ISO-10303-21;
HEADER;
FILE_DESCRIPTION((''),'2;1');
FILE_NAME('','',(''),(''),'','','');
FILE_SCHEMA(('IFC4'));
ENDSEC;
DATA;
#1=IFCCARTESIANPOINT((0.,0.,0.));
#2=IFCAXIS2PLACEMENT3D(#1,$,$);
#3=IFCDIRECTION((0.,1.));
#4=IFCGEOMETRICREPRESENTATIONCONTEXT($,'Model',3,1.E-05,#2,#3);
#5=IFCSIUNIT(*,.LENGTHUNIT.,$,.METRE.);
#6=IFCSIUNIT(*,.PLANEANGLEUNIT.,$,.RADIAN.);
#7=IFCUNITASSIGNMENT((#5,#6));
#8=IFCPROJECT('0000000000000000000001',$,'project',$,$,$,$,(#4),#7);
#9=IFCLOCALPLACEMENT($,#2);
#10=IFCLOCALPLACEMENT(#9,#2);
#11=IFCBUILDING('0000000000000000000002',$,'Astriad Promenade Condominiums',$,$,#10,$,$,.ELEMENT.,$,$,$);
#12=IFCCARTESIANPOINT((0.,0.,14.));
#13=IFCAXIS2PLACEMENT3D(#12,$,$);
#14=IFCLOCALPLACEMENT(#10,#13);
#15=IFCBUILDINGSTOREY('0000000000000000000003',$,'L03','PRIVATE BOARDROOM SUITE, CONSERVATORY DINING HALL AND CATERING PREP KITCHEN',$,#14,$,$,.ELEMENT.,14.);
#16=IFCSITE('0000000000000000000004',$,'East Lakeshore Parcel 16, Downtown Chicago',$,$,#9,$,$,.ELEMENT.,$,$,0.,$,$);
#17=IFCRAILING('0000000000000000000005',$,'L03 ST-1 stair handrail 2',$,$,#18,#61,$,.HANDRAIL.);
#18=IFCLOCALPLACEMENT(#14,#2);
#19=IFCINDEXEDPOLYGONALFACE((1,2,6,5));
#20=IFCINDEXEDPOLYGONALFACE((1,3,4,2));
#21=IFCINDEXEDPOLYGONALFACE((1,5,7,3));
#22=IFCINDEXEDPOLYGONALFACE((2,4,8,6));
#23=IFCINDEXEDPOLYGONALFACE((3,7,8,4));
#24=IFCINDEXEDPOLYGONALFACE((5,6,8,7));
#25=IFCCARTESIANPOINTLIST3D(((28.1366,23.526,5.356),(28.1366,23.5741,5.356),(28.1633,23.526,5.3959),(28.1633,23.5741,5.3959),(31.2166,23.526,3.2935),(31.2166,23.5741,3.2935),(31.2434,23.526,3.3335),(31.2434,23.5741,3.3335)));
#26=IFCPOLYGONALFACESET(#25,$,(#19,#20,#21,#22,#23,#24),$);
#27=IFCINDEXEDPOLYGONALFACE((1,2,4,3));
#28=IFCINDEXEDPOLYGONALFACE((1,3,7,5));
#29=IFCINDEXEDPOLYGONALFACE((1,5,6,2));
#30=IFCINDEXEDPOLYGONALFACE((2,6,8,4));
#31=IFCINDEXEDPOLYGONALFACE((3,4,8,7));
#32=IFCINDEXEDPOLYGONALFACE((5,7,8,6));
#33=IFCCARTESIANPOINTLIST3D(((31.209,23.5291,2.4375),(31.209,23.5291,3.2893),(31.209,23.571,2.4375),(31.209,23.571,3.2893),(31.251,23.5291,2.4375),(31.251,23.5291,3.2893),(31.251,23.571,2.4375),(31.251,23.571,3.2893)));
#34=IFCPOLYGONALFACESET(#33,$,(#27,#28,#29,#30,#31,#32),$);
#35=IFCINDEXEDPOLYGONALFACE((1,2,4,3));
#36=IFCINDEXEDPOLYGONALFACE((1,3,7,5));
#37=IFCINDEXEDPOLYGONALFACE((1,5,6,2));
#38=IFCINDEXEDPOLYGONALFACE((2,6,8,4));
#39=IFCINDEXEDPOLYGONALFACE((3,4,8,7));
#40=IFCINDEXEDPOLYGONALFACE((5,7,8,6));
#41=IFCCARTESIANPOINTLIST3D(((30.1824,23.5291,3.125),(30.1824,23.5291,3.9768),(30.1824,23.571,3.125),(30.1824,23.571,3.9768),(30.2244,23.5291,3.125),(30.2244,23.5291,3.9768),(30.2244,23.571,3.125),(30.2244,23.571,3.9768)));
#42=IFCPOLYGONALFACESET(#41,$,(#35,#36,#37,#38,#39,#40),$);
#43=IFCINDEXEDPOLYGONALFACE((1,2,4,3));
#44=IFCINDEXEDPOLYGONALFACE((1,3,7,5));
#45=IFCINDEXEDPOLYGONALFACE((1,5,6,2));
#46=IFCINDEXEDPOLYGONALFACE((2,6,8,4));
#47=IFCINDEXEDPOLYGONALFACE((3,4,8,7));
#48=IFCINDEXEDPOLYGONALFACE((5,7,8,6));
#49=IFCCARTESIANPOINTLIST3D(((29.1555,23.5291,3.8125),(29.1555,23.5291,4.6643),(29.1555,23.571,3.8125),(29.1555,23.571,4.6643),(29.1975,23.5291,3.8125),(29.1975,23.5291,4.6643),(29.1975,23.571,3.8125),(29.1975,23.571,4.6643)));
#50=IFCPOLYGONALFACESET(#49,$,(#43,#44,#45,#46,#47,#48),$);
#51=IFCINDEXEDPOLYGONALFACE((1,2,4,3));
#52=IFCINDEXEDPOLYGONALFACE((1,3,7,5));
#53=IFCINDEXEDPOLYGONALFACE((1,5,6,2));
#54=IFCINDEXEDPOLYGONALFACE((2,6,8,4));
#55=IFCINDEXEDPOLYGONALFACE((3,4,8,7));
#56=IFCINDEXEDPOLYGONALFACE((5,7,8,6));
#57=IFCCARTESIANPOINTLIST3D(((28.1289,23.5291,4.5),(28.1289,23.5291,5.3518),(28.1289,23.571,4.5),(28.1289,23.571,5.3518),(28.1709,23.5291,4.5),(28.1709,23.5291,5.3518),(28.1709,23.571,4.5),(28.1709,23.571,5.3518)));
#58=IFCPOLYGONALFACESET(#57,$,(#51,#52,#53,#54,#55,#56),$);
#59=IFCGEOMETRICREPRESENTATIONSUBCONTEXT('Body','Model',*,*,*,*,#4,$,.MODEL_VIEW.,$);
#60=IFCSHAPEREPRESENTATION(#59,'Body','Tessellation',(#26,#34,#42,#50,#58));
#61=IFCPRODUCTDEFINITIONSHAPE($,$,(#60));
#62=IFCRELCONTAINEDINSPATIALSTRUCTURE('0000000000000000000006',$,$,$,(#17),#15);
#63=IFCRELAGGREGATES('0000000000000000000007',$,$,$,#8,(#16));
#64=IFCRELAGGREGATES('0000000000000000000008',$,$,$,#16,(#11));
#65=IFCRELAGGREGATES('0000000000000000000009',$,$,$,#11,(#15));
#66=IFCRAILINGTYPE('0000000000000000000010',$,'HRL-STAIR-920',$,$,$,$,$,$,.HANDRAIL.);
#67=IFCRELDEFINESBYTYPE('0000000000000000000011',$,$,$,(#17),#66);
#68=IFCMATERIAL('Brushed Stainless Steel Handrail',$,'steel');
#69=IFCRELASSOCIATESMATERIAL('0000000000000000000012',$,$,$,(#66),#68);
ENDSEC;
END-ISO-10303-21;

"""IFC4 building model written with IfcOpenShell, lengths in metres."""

from ifc_helpers import new_model, si_unit, direction, frame, origin, origin_2d, place, context, subcontext, project, spatial, rectangle, extrude, source, transform, mapped, material, type_object, element, save


model = new_model("IFC4")

# Units and contexts
model_context = context("Model", 3, precision=1e-05, world=origin(), true_north=direction((0.0, 1.0)))
body_context = subcontext(model_context, "Body", "Model", "MODEL_VIEW")
ifc_project = project(units=[si_unit("LENGTHUNIT", "METRE"), si_unit("PLANEANGLEUNIT", "RADIAN")], contexts=[model_context])

# Site, building, storey
site_placement = place(None, origin())
site = spatial("IfcSite", under=ifc_project, at=site_placement, Name="East Lakeshore Parcel 16, Downtown Chicago", CompositionType="ELEMENT", RefElevation=0.0)
building_placement = place(site_placement, origin())
building = spatial("IfcBuilding", under=site, at=building_placement, Name="Astriad Promenade Condominiums", CompositionType="ELEMENT")
storey_placement = place(building_placement, frame((0.0, 0.0, 14.0)))
storey = spatial("IfcBuildingStorey", under=building, at=storey_placement, Name="L03", Description="PRIVATE BOARDROOM SUITE, CONSERVATORY DINING HALL AND CATERING PREP KITCHEN", CompositionType="ELEMENT", Elevation=14.0)

# Railing
ifc_material_1 = material(Name="Brushed Stainless Steel Handrail", Category="steel")
railing_type_1 = type_object("IfcRailingType", Name="HRL-STAIR-920", PredefinedType="HANDRAIL", material=ifc_material_1)
shared_shape_1 = source(origin(), body_context, "Body", "SweptSolid", [
    extrude(rectangle(XDim=0.0481, YDim=0.0481, at=origin_2d()), frame((0.0, 0.0, 0.876), z_axis=(-0.830914, 0.0, 0.556401), x_axis=(0.0, -1.0, 0.0)), (0.0, 0.0, 1.0), 3.7068),
    extrude(rectangle(XDim=0.042, YDim=0.042, at=origin_2d()), origin(), (0.0, 0.0, 1.0), 0.8518),
    extrude(rectangle(XDim=0.042, YDim=0.042, at=origin_2d()), frame((-1.0266, 0.0, 0.6875)), (0.0, 0.0, 1.0), 0.8518),
    extrude(rectangle(XDim=0.042, YDim=0.042, at=origin_2d()), frame((-2.0535, 0.0, 1.375)), (0.0, 0.0, 1.0), 0.8518),
    extrude(rectangle(XDim=0.042, YDim=0.042, at=origin_2d()), frame((-3.0801, 0.0, 2.0625)), (0.0, 0.0, 1.0), 0.8518),
])
railing_1_placement = place(storey_placement, frame((31.23, 23.55, 2.4375)))
element("IfcRailing", 1, at=railing_1_placement, inside=storey, type_object=railing_type_1, Name="L03 ST-1 stair handrail 2", PredefinedType="HANDRAIL", context=body_context, shape_type="MappedRepresentation", body=[
    mapped(shared_shape_1, transform((0.0, 0.0, 0.0), scale=1.0)),
])

save(model, "model.ifc")
